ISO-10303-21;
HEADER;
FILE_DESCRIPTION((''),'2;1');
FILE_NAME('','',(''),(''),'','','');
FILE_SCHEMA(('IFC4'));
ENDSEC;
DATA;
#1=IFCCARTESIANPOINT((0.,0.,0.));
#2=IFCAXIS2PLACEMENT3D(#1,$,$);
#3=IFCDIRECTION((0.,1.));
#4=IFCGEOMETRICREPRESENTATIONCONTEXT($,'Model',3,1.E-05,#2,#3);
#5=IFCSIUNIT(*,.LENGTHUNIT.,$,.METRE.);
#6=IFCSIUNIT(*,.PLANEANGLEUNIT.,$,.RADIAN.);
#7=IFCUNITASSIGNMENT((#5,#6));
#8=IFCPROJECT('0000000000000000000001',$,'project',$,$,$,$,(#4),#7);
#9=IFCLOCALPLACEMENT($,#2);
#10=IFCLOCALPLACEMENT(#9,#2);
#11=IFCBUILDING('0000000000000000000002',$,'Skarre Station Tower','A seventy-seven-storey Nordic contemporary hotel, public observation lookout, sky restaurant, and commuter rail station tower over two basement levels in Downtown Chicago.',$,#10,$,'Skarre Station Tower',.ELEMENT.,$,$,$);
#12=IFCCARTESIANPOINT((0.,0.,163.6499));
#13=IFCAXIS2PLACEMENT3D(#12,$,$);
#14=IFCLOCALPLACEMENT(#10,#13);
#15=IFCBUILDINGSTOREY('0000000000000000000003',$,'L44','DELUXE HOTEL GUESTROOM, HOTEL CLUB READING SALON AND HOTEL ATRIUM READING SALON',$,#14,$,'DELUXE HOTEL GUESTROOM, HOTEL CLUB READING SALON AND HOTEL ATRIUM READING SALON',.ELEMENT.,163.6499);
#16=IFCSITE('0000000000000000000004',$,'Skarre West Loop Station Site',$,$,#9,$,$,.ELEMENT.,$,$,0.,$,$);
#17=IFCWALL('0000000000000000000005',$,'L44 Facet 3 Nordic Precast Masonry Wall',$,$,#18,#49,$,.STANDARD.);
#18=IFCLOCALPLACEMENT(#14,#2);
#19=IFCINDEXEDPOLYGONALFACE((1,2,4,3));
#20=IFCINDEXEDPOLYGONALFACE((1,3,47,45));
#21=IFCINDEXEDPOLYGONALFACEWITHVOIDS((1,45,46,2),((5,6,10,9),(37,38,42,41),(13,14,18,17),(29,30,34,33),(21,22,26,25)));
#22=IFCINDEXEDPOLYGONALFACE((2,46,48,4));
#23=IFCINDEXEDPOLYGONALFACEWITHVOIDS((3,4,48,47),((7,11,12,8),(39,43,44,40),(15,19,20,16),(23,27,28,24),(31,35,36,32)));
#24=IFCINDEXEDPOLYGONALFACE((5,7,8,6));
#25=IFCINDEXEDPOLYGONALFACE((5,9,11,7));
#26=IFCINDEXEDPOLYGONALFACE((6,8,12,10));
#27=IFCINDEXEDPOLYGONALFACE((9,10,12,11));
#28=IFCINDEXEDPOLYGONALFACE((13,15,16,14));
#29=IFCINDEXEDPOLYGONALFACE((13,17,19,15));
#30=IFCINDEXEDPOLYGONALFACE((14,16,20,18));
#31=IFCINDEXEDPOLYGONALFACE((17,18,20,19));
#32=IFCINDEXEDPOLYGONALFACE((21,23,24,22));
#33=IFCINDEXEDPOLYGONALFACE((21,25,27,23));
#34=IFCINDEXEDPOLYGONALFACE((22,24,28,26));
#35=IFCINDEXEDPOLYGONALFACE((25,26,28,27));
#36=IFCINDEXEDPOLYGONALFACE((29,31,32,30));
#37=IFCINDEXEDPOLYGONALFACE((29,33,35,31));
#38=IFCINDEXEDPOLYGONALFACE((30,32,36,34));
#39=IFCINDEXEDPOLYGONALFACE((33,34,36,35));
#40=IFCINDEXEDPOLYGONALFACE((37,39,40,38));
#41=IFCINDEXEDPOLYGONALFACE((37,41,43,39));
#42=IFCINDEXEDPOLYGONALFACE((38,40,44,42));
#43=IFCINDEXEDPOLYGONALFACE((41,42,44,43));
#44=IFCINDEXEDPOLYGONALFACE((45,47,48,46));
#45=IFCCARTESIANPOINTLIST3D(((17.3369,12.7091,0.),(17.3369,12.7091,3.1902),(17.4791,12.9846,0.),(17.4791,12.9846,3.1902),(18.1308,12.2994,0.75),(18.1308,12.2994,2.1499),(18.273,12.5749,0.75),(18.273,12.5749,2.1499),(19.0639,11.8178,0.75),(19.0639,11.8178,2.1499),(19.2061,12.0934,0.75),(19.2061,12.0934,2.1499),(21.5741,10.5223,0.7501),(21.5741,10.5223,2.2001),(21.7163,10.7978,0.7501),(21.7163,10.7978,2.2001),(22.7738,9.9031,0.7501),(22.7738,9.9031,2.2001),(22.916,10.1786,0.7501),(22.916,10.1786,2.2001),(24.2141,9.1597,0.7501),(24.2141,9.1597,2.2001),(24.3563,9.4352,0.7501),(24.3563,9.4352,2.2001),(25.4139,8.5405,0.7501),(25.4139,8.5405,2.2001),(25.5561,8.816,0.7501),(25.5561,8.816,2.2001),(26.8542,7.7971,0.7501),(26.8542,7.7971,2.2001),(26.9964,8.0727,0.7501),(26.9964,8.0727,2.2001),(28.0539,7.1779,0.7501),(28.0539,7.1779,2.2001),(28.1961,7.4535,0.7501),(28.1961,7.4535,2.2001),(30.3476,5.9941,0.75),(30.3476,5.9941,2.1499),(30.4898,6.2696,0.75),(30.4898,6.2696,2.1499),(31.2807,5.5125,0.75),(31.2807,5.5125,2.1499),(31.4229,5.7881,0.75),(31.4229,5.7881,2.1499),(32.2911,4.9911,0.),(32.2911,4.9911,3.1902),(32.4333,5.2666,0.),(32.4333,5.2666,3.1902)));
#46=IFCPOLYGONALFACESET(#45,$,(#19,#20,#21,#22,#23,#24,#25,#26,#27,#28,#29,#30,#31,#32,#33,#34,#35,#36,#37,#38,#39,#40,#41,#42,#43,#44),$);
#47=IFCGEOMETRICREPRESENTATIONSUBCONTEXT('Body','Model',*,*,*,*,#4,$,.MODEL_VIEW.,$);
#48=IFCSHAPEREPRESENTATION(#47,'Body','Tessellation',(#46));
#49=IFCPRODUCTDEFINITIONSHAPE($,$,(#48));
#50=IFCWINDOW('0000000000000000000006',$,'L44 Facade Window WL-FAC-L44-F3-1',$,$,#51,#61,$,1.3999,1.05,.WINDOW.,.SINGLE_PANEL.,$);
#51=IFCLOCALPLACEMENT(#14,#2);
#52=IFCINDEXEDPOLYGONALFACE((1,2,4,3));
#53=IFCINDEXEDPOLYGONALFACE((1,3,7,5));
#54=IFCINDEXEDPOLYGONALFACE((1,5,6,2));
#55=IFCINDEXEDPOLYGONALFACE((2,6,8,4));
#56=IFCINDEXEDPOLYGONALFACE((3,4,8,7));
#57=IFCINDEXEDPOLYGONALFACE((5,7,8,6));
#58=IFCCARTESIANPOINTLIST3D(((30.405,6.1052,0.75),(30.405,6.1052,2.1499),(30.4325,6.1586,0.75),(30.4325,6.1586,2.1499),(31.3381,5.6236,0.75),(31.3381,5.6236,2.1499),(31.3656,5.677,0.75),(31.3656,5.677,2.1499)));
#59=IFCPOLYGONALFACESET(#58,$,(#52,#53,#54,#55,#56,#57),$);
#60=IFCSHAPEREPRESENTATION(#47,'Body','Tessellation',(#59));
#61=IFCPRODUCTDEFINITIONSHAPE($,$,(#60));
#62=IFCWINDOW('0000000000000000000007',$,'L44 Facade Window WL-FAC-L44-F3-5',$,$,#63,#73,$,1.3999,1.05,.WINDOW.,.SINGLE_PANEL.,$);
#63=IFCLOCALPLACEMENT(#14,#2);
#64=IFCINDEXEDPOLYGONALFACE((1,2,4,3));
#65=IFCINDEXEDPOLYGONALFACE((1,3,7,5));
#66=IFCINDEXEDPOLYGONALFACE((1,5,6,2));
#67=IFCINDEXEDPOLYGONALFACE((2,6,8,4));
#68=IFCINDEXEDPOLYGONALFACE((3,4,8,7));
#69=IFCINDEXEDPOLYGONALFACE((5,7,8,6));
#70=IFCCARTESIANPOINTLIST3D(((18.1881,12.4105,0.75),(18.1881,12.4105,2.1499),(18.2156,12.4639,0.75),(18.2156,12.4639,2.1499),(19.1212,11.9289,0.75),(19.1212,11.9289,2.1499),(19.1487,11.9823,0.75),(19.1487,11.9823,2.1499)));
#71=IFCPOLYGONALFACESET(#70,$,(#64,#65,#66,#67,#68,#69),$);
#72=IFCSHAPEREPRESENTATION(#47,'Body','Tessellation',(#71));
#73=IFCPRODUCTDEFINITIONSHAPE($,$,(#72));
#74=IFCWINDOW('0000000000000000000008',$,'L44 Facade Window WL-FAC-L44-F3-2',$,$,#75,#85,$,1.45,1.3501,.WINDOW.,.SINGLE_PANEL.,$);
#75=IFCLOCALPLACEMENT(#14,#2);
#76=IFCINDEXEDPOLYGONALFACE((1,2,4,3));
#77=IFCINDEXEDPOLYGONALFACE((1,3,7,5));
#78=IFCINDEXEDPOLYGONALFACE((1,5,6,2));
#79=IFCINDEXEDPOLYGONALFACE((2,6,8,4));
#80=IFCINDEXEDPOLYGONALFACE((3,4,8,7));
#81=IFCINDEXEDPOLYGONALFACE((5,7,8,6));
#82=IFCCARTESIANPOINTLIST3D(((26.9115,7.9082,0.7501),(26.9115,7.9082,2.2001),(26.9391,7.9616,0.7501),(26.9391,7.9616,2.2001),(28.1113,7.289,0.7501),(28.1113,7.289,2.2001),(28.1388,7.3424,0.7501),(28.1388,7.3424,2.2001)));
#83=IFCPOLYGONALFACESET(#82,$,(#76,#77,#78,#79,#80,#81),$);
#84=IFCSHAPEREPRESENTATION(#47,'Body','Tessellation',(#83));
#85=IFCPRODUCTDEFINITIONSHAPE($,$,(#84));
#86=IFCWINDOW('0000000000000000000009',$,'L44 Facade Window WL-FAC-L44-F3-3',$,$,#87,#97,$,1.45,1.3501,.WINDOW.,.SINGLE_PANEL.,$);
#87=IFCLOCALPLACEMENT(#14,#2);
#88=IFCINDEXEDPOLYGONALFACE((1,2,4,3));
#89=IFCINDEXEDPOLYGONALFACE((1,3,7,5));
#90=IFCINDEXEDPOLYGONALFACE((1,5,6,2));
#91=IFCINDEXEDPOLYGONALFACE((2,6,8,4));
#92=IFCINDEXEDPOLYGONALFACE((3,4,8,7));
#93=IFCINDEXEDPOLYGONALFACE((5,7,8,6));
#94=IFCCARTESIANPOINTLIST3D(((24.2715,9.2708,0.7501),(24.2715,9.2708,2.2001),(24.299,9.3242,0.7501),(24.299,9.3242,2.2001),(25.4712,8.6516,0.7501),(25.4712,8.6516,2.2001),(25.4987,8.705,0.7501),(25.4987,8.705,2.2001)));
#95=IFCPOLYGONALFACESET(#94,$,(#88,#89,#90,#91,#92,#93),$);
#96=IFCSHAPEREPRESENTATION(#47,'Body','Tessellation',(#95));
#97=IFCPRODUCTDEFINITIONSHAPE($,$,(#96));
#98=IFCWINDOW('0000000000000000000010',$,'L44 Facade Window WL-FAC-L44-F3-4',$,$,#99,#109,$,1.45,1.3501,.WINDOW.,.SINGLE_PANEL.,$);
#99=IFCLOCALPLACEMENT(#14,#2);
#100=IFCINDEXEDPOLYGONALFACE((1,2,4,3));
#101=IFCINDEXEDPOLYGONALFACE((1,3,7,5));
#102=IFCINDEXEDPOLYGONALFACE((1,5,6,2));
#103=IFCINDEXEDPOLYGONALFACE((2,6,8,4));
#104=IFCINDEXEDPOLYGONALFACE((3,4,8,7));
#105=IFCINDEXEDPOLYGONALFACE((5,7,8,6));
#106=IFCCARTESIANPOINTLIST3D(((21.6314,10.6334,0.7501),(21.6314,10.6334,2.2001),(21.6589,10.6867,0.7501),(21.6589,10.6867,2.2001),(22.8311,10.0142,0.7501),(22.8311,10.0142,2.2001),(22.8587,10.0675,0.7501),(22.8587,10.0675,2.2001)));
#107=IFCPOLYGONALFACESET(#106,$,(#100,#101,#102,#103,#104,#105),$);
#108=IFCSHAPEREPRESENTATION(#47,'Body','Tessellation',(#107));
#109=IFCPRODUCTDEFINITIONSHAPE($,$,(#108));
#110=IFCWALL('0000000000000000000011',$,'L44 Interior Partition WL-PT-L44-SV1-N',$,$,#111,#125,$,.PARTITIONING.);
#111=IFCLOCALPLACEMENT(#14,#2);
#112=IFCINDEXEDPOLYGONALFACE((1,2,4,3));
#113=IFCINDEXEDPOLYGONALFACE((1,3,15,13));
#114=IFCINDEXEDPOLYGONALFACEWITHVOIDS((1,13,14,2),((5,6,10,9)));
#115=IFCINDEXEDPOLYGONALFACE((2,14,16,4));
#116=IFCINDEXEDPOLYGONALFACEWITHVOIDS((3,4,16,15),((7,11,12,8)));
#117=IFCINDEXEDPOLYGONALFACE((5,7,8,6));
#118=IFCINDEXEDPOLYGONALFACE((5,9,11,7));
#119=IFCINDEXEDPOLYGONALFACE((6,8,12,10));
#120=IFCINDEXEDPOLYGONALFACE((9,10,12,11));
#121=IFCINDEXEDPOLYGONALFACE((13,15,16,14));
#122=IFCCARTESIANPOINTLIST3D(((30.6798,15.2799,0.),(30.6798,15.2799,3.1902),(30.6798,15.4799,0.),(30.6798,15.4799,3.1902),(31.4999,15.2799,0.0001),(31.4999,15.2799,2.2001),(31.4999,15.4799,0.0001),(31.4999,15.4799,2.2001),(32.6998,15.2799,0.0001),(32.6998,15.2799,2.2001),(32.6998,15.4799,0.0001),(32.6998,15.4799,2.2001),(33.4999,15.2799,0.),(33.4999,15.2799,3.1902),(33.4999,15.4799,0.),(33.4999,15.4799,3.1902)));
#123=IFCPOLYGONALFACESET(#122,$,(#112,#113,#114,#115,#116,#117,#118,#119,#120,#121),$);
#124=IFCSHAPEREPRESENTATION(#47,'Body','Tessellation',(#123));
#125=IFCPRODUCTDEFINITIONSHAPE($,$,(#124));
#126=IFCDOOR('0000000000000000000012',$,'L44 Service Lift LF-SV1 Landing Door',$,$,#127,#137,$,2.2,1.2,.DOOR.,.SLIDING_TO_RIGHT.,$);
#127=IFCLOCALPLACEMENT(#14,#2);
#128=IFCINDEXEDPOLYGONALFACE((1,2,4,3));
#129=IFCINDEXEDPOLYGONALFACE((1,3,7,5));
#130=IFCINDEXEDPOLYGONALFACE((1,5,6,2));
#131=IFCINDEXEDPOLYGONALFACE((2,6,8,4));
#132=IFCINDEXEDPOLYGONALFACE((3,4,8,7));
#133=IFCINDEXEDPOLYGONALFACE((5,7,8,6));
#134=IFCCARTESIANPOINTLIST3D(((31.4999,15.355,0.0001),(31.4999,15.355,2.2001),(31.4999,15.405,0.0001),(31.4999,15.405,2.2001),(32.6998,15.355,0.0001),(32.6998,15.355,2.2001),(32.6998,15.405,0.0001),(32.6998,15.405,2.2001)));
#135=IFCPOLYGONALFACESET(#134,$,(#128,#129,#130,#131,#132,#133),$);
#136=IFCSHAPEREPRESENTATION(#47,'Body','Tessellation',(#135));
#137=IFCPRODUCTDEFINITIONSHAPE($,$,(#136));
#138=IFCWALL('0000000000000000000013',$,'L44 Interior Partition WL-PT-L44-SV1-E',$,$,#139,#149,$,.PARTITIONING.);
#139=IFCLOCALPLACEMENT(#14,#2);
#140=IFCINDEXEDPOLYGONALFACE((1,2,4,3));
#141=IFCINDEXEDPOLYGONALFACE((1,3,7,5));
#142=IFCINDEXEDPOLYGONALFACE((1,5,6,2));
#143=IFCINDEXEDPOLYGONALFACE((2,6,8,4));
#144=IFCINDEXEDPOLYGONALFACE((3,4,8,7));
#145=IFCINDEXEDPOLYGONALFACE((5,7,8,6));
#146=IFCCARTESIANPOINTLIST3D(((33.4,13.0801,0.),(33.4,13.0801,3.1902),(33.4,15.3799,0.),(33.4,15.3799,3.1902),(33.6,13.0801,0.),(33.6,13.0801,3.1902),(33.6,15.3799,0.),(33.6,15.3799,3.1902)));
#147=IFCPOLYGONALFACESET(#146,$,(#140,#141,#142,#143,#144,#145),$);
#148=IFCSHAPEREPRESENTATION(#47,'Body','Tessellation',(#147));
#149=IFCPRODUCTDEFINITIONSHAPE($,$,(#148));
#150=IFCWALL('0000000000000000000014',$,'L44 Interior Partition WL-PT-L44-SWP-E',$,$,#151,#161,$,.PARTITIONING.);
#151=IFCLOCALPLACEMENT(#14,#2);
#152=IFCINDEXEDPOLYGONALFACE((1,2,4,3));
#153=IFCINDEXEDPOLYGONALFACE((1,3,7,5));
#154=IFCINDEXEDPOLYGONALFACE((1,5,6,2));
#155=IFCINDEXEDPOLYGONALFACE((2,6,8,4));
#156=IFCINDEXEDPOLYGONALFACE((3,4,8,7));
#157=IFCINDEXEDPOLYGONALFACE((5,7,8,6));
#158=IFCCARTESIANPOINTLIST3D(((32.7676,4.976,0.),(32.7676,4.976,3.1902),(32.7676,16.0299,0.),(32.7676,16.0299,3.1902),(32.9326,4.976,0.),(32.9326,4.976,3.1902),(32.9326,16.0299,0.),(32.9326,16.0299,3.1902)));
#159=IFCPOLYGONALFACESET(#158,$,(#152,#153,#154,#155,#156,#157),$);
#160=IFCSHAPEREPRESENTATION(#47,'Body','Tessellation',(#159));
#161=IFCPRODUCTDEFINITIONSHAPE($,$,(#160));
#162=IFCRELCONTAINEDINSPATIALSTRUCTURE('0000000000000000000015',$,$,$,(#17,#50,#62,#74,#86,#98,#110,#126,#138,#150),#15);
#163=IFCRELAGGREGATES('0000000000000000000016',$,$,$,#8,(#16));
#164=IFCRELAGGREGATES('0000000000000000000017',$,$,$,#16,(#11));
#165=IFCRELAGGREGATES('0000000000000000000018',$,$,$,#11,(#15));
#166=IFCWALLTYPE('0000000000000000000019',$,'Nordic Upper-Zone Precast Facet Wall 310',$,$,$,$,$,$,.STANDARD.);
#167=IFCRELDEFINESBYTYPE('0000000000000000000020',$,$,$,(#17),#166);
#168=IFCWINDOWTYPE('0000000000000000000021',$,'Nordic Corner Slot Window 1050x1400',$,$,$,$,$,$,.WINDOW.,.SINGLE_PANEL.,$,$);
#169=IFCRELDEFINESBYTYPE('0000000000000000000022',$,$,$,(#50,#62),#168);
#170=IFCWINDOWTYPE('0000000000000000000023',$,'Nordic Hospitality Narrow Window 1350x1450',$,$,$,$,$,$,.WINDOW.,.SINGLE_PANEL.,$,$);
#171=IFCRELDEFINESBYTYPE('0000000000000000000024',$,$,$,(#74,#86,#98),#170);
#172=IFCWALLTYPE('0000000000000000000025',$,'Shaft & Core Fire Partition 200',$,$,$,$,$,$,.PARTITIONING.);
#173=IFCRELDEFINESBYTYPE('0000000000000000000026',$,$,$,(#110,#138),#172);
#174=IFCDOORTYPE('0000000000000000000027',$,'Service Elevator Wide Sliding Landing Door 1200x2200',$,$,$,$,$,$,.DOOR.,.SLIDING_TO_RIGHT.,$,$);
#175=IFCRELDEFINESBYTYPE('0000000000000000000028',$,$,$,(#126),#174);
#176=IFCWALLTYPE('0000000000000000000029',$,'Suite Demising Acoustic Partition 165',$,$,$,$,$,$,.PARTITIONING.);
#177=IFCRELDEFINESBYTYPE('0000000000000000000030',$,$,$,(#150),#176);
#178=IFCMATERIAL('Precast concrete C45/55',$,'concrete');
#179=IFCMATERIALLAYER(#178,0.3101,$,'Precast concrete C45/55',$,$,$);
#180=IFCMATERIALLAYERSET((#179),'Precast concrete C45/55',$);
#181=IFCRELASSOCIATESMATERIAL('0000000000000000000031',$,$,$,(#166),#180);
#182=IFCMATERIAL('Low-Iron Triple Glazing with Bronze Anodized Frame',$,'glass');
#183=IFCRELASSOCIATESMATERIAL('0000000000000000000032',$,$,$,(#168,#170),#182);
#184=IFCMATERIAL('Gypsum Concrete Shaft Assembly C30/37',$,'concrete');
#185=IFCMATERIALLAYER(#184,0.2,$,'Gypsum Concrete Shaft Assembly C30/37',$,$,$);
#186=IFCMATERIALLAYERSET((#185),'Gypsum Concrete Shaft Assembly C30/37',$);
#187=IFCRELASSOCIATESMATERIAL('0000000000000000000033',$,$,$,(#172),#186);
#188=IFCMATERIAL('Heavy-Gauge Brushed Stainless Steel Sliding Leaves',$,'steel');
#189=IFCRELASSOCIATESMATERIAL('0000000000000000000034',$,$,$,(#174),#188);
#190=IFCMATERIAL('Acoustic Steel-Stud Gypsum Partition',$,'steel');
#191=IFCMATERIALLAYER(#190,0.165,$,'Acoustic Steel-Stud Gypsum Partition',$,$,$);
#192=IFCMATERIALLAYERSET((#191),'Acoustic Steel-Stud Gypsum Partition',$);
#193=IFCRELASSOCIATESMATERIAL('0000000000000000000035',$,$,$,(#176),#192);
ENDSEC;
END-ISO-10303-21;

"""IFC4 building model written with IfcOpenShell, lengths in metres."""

from ifc_helpers import new_model, si_unit, direction, frame, frame_2d, origin, place, context, subcontext, project, spatial, rectangle, extrude, material, layer, layer_set, type_object, element, fill, save


model = new_model("IFC4")

# Units and contexts
model_context = context("Model", 3, precision=1e-05, world=origin(), true_north=direction((0.0, 1.0)))
body_context = subcontext(model_context, "Body", "Model", "MODEL_VIEW")
ifc_project = project(units=[si_unit("LENGTHUNIT", "METRE"), si_unit("PLANEANGLEUNIT", "RADIAN")], contexts=[model_context])

# Site, building, storey
site_placement = place(None, origin())
site = spatial("IfcSite", under=ifc_project, at=site_placement, Name="Skarre West Loop Station Site", CompositionType="ELEMENT", RefElevation=0.0)
building_placement = place(site_placement, origin())
building = spatial("IfcBuilding", under=site, at=building_placement, Name="Skarre Station Tower", Description="A seventy-seven-storey Nordic contemporary hotel, public observation lookout, sky restaurant, and commuter rail station tower over two basement levels in Downtown Chicago.", LongName="Skarre Station Tower", CompositionType="ELEMENT")
storey_placement = place(building_placement, frame((0.0, 0.0, 163.6499)))
storey = spatial("IfcBuildingStorey", under=building, at=storey_placement, Name="L44", Description="DELUXE HOTEL GUESTROOM, HOTEL CLUB READING SALON AND HOTEL ATRIUM READING SALON", LongName="DELUXE HOTEL GUESTROOM, HOTEL CLUB READING SALON AND HOTEL ATRIUM READING SALON", CompositionType="ELEMENT", Elevation=163.6499)

# Shared definitions
ifc_material_1 = material(Name="Precast concrete C45/55", Category="concrete")

# Wall, openings, windows
ifc_layer_1 = layer(ifc_material_1, 0.3101, Name="Precast concrete C45/55")
ifc_layer_set_1 = layer_set([ifc_layer_1], Name="Precast concrete C45/55")
wall_type_1 = type_object("IfcWallType", Name="Nordic Upper-Zone Precast Facet Wall 310", PredefinedType="STANDARD", material=ifc_layer_set_1)
wall_1_placement = place(storey_placement, frame((32.3621, 5.1289, 0.0), z_axis=(0.0, 0.0, 1.0), x_axis=(-0.888626, 0.458632, 0.0)))
wall_1 = element("IfcWall", 1, at=wall_1_placement, inside=storey, type_object=wall_type_1, Name="L44 Facet 3 Nordic Precast Masonry Wall", PredefinedType="STANDARD", context=body_context, shape_type="SweptSolid", body=[
    extrude(rectangle(XDim=16.8284, YDim=0.3101, at=frame_2d((8.4141, 0.0))), origin(), (0.0, 0.0, 1.0), 3.1902),
])
opening_1_placement = place(wall_1_placement, frame((1.137, 0.0, 0.75)))
opening_1 = element("IfcOpeningElement", 2, at=opening_1_placement, cuts=wall_1, PredefinedType="OPENING", context=body_context, shape_type="SweptSolid", body=[
    extrude(rectangle(XDim=1.05, YDim=1.3999, at=frame_2d((0.5249, 0.7))), frame((0.0, 0.165, 0.0), z_axis=(0.0, -1.0, 0.0), x_axis=(1.0, 0.0, 0.0)), (0.0, 0.0, 1.0), 0.3301),
])
opening_2_placement = place(wall_1_placement, frame((4.7681, 0.0, 0.75)))
opening_2 = element("IfcOpeningElement", 3, at=opening_2_placement, cuts=wall_1, PredefinedType="OPENING", context=body_context, shape_type="SweptSolid", body=[
    extrude(rectangle(XDim=1.3501, YDim=1.45, at=frame_2d((0.675, 0.7251))), frame((0.0, 0.165, 0.0), z_axis=(0.0, -1.0, 0.0), x_axis=(1.0, 0.0, 0.0)), (0.0, 0.0, 1.0), 0.3301),
])
opening_3_placement = place(wall_1_placement, frame((7.739, 0.0, 0.75)))
opening_3 = element("IfcOpeningElement", 4, at=opening_3_placement, cuts=wall_1, PredefinedType="OPENING", context=body_context, shape_type="SweptSolid", body=[
    extrude(rectangle(XDim=1.3501, YDim=1.45, at=frame_2d((0.675, 0.7251))), frame((0.0, 0.165, 0.0), z_axis=(0.0, -1.0, 0.0), x_axis=(1.0, 0.0, 0.0)), (0.0, 0.0, 1.0), 0.3301),
])
opening_4_placement = place(wall_1_placement, frame((10.71, 0.0, 0.75)))
opening_4 = element("IfcOpeningElement", 5, at=opening_4_placement, cuts=wall_1, PredefinedType="OPENING", context=body_context, shape_type="SweptSolid", body=[
    extrude(rectangle(XDim=1.3501, YDim=1.45, at=frame_2d((0.675, 0.7251))), frame((0.0, 0.165, 0.0), z_axis=(0.0, -1.0, 0.0), x_axis=(1.0, 0.0, 0.0)), (0.0, 0.0, 1.0), 0.3301),
])
opening_5_placement = place(wall_1_placement, frame((14.885, 0.0, 0.75)))
opening_5 = element("IfcOpeningElement", 6, at=opening_5_placement, cuts=wall_1, PredefinedType="OPENING", context=body_context, shape_type="SweptSolid", body=[
    extrude(rectangle(XDim=1.05, YDim=1.3999, at=frame_2d((0.5249, 0.7))), frame((0.0, 0.165, 0.0), z_axis=(0.0, -1.0, 0.0), x_axis=(1.0, 0.0, 0.0)), (0.0, 0.0, 1.0), 0.3301),
])
ifc_material_2 = material(Name="Low-Iron Triple Glazing with Bronze Anodized Frame", Category="glass")
window_type_1 = type_object("IfcWindowType", Name="Nordic Corner Slot Window 1050x1400", PartitioningType="SINGLE_PANEL", PredefinedType="WINDOW", material=ifc_material_2)
window_1_placement = place(opening_1_placement, origin())
window_1 = element("IfcWindow", 7, at=window_1_placement, inside=storey, type_object=window_type_1, Name="L44 Facade Window WL-FAC-L44-F3-1", OverallHeight=1.3999, OverallWidth=1.05, PartitioningType="SINGLE_PANEL", PredefinedType="WINDOW", context=body_context, shape_type="SweptSolid", body=[
    extrude(rectangle(XDim=1.05, YDim=1.3999, at=frame_2d((0.5249, 0.7))), frame((0.0, 0.03, 0.0), z_axis=(0.0, -1.0, 0.0), x_axis=(1.0, 0.0, 0.0)), (0.0, 0.0, 1.0), 0.0601),
])
fill(opening_1, window_1)
window_2_placement = place(opening_5_placement, origin())
window_2 = element("IfcWindow", 8, at=window_2_placement, inside=storey, type_object=window_type_1, Name="L44 Facade Window WL-FAC-L44-F3-5", OverallHeight=1.3999, OverallWidth=1.05, PartitioningType="SINGLE_PANEL", PredefinedType="WINDOW", context=body_context, shape_type="SweptSolid", body=[
    extrude(rectangle(XDim=1.05, YDim=1.3999, at=frame_2d((0.5249, 0.7))), frame((0.0, 0.03, 0.0), z_axis=(0.0, -1.0, 0.0), x_axis=(1.0, 0.0, 0.0)), (0.0, 0.0, 1.0), 0.0601),
])
fill(opening_5, window_2)
window_type_2 = type_object("IfcWindowType", Name="Nordic Hospitality Narrow Window 1350x1450", PartitioningType="SINGLE_PANEL", PredefinedType="WINDOW", material=ifc_material_2)
window_3_placement = place(opening_2_placement, origin())
window_3 = element("IfcWindow", 9, at=window_3_placement, inside=storey, type_object=window_type_2, Name="L44 Facade Window WL-FAC-L44-F3-2", OverallHeight=1.45, OverallWidth=1.3501, PartitioningType="SINGLE_PANEL", PredefinedType="WINDOW", context=body_context, shape_type="SweptSolid", body=[
    extrude(rectangle(XDim=1.3501, YDim=1.45, at=frame_2d((0.675, 0.7251))), frame((0.0, 0.03, 0.0), z_axis=(0.0, -1.0, 0.0), x_axis=(1.0, 0.0, 0.0)), (0.0, 0.0, 1.0), 0.0601),
])
fill(opening_2, window_3)
window_4_placement = place(opening_3_placement, origin())
window_4 = element("IfcWindow", 10, at=window_4_placement, inside=storey, type_object=window_type_2, Name="L44 Facade Window WL-FAC-L44-F3-3", OverallHeight=1.45, OverallWidth=1.3501, PartitioningType="SINGLE_PANEL", PredefinedType="WINDOW", context=body_context, shape_type="SweptSolid", body=[
    extrude(rectangle(XDim=1.3501, YDim=1.45, at=frame_2d((0.675, 0.7251))), frame((0.0, 0.03, 0.0), z_axis=(0.0, -1.0, 0.0), x_axis=(1.0, 0.0, 0.0)), (0.0, 0.0, 1.0), 0.0601),
])
fill(opening_3, window_4)
window_5_placement = place(opening_4_placement, origin())
window_5 = element("IfcWindow", 11, at=window_5_placement, inside=storey, type_object=window_type_2, Name="L44 Facade Window WL-FAC-L44-F3-4", OverallHeight=1.45, OverallWidth=1.3501, PartitioningType="SINGLE_PANEL", PredefinedType="WINDOW", context=body_context, shape_type="SweptSolid", body=[
    extrude(rectangle(XDim=1.3501, YDim=1.45, at=frame_2d((0.675, 0.7251))), frame((0.0, 0.03, 0.0), z_axis=(0.0, -1.0, 0.0), x_axis=(1.0, 0.0, 0.0)), (0.0, 0.0, 1.0), 0.0601),
])
fill(opening_4, window_5)

# Wall, opening, door
ifc_material_3 = material(Name="Gypsum Concrete Shaft Assembly C30/37", Category="concrete")
ifc_layer_2 = layer(ifc_material_3, 0.2, Name="Gypsum Concrete Shaft Assembly C30/37")
ifc_layer_set_2 = layer_set([ifc_layer_2], Name="Gypsum Concrete Shaft Assembly C30/37")
wall_type_2 = type_object("IfcWallType", Name="Shaft & Core Fire Partition 200", PredefinedType="PARTITIONING", material=ifc_layer_set_2)
wall_2_placement = place(storey_placement, frame((33.5, 15.3799, 0.0), z_axis=(0.0, 0.0, 1.0), x_axis=(-1.0, 0.0, 0.0)))
wall_2 = element("IfcWall", 12, at=wall_2_placement, inside=storey, type_object=wall_type_2, Name="L44 Interior Partition WL-PT-L44-SV1-N", PredefinedType="PARTITIONING", context=body_context, shape_type="SweptSolid", body=[
    extrude(rectangle(XDim=2.8201, YDim=0.2, at=frame_2d((1.4102, 0.0))), origin(), (0.0, 0.0, 1.0), 3.1902),
])
opening_6_placement = place(wall_2_placement, frame((0.8, 0.0, 0.0)))
opening_6 = element("IfcOpeningElement", 13, at=opening_6_placement, cuts=wall_2, PredefinedType="OPENING", context=body_context, shape_type="SweptSolid", body=[
    extrude(rectangle(XDim=1.2, YDim=2.2, at=frame_2d((0.6001, 1.1001))), frame((0.0, 0.1099, 0.0), z_axis=(0.0, -1.0, 0.0), x_axis=(1.0, 0.0, 0.0)), (0.0, 0.0, 1.0), 0.22),
])
ifc_material_4 = material(Name="Heavy-Gauge Brushed Stainless Steel Sliding Leaves", Category="steel")
door_type = type_object("IfcDoorType", Name="Service Elevator Wide Sliding Landing Door 1200x2200", OperationType="SLIDING_TO_RIGHT", PredefinedType="DOOR", material=ifc_material_4)
door_placement = place(opening_6_placement, origin())
door = element("IfcDoor", 14, at=door_placement, inside=storey, type_object=door_type, Name="L44 Service Lift LF-SV1 Landing Door", OperationType="SLIDING_TO_RIGHT", OverallHeight=2.2, OverallWidth=1.2, PredefinedType="DOOR", context=body_context, shape_type="SweptSolid", body=[
    extrude(rectangle(XDim=1.2, YDim=2.2, at=frame_2d((0.6001, 1.1001))), frame((0.0, 0.0249, 0.0), z_axis=(0.0, -1.0, 0.0), x_axis=(1.0, 0.0, 0.0)), (0.0, 0.0, 1.0), 0.05),
])
fill(opening_6, door)

# Walls
wall_3_placement = place(storey_placement, frame((33.5, 13.0801, 0.0), z_axis=(0.0, 0.0, 1.0), x_axis=(0.0, 1.0, 0.0)))
element("IfcWall", 15, at=wall_3_placement, inside=storey, type_object=wall_type_2, Name="L44 Interior Partition WL-PT-L44-SV1-E", PredefinedType="PARTITIONING", context=body_context, shape_type="SweptSolid", body=[
    extrude(rectangle(XDim=2.2998, YDim=0.2, at=frame_2d((1.1499, 0.0))), origin(), (0.0, 0.0, 1.0), 3.1902),
])
ifc_material_5 = material(Name="Acoustic Steel-Stud Gypsum Partition", Category="steel")
ifc_layer_3 = layer(ifc_material_5, 0.165, Name="Acoustic Steel-Stud Gypsum Partition")
ifc_layer_set_3 = layer_set([ifc_layer_3], Name="Acoustic Steel-Stud Gypsum Partition")
wall_type_3 = type_object("IfcWallType", Name="Suite Demising Acoustic Partition 165", PredefinedType="PARTITIONING", material=ifc_layer_set_3)
wall_4_placement = place(storey_placement, frame((32.8501, 4.9761, 0.0), z_axis=(0.0, 0.0, 1.0), x_axis=(0.0, 1.0, 0.0)))
element("IfcWall", 16, at=wall_4_placement, inside=storey, type_object=wall_type_3, Name="L44 Interior Partition WL-PT-L44-SWP-E", PredefinedType="PARTITIONING", context=body_context, shape_type="SweptSolid", body=[
    extrude(rectangle(XDim=11.054, YDim=0.165, at=frame_2d((5.5269, 0.0))), origin(), (0.0, 0.0, 1.0), 3.1902),
])

save(model, "model.ifc")
